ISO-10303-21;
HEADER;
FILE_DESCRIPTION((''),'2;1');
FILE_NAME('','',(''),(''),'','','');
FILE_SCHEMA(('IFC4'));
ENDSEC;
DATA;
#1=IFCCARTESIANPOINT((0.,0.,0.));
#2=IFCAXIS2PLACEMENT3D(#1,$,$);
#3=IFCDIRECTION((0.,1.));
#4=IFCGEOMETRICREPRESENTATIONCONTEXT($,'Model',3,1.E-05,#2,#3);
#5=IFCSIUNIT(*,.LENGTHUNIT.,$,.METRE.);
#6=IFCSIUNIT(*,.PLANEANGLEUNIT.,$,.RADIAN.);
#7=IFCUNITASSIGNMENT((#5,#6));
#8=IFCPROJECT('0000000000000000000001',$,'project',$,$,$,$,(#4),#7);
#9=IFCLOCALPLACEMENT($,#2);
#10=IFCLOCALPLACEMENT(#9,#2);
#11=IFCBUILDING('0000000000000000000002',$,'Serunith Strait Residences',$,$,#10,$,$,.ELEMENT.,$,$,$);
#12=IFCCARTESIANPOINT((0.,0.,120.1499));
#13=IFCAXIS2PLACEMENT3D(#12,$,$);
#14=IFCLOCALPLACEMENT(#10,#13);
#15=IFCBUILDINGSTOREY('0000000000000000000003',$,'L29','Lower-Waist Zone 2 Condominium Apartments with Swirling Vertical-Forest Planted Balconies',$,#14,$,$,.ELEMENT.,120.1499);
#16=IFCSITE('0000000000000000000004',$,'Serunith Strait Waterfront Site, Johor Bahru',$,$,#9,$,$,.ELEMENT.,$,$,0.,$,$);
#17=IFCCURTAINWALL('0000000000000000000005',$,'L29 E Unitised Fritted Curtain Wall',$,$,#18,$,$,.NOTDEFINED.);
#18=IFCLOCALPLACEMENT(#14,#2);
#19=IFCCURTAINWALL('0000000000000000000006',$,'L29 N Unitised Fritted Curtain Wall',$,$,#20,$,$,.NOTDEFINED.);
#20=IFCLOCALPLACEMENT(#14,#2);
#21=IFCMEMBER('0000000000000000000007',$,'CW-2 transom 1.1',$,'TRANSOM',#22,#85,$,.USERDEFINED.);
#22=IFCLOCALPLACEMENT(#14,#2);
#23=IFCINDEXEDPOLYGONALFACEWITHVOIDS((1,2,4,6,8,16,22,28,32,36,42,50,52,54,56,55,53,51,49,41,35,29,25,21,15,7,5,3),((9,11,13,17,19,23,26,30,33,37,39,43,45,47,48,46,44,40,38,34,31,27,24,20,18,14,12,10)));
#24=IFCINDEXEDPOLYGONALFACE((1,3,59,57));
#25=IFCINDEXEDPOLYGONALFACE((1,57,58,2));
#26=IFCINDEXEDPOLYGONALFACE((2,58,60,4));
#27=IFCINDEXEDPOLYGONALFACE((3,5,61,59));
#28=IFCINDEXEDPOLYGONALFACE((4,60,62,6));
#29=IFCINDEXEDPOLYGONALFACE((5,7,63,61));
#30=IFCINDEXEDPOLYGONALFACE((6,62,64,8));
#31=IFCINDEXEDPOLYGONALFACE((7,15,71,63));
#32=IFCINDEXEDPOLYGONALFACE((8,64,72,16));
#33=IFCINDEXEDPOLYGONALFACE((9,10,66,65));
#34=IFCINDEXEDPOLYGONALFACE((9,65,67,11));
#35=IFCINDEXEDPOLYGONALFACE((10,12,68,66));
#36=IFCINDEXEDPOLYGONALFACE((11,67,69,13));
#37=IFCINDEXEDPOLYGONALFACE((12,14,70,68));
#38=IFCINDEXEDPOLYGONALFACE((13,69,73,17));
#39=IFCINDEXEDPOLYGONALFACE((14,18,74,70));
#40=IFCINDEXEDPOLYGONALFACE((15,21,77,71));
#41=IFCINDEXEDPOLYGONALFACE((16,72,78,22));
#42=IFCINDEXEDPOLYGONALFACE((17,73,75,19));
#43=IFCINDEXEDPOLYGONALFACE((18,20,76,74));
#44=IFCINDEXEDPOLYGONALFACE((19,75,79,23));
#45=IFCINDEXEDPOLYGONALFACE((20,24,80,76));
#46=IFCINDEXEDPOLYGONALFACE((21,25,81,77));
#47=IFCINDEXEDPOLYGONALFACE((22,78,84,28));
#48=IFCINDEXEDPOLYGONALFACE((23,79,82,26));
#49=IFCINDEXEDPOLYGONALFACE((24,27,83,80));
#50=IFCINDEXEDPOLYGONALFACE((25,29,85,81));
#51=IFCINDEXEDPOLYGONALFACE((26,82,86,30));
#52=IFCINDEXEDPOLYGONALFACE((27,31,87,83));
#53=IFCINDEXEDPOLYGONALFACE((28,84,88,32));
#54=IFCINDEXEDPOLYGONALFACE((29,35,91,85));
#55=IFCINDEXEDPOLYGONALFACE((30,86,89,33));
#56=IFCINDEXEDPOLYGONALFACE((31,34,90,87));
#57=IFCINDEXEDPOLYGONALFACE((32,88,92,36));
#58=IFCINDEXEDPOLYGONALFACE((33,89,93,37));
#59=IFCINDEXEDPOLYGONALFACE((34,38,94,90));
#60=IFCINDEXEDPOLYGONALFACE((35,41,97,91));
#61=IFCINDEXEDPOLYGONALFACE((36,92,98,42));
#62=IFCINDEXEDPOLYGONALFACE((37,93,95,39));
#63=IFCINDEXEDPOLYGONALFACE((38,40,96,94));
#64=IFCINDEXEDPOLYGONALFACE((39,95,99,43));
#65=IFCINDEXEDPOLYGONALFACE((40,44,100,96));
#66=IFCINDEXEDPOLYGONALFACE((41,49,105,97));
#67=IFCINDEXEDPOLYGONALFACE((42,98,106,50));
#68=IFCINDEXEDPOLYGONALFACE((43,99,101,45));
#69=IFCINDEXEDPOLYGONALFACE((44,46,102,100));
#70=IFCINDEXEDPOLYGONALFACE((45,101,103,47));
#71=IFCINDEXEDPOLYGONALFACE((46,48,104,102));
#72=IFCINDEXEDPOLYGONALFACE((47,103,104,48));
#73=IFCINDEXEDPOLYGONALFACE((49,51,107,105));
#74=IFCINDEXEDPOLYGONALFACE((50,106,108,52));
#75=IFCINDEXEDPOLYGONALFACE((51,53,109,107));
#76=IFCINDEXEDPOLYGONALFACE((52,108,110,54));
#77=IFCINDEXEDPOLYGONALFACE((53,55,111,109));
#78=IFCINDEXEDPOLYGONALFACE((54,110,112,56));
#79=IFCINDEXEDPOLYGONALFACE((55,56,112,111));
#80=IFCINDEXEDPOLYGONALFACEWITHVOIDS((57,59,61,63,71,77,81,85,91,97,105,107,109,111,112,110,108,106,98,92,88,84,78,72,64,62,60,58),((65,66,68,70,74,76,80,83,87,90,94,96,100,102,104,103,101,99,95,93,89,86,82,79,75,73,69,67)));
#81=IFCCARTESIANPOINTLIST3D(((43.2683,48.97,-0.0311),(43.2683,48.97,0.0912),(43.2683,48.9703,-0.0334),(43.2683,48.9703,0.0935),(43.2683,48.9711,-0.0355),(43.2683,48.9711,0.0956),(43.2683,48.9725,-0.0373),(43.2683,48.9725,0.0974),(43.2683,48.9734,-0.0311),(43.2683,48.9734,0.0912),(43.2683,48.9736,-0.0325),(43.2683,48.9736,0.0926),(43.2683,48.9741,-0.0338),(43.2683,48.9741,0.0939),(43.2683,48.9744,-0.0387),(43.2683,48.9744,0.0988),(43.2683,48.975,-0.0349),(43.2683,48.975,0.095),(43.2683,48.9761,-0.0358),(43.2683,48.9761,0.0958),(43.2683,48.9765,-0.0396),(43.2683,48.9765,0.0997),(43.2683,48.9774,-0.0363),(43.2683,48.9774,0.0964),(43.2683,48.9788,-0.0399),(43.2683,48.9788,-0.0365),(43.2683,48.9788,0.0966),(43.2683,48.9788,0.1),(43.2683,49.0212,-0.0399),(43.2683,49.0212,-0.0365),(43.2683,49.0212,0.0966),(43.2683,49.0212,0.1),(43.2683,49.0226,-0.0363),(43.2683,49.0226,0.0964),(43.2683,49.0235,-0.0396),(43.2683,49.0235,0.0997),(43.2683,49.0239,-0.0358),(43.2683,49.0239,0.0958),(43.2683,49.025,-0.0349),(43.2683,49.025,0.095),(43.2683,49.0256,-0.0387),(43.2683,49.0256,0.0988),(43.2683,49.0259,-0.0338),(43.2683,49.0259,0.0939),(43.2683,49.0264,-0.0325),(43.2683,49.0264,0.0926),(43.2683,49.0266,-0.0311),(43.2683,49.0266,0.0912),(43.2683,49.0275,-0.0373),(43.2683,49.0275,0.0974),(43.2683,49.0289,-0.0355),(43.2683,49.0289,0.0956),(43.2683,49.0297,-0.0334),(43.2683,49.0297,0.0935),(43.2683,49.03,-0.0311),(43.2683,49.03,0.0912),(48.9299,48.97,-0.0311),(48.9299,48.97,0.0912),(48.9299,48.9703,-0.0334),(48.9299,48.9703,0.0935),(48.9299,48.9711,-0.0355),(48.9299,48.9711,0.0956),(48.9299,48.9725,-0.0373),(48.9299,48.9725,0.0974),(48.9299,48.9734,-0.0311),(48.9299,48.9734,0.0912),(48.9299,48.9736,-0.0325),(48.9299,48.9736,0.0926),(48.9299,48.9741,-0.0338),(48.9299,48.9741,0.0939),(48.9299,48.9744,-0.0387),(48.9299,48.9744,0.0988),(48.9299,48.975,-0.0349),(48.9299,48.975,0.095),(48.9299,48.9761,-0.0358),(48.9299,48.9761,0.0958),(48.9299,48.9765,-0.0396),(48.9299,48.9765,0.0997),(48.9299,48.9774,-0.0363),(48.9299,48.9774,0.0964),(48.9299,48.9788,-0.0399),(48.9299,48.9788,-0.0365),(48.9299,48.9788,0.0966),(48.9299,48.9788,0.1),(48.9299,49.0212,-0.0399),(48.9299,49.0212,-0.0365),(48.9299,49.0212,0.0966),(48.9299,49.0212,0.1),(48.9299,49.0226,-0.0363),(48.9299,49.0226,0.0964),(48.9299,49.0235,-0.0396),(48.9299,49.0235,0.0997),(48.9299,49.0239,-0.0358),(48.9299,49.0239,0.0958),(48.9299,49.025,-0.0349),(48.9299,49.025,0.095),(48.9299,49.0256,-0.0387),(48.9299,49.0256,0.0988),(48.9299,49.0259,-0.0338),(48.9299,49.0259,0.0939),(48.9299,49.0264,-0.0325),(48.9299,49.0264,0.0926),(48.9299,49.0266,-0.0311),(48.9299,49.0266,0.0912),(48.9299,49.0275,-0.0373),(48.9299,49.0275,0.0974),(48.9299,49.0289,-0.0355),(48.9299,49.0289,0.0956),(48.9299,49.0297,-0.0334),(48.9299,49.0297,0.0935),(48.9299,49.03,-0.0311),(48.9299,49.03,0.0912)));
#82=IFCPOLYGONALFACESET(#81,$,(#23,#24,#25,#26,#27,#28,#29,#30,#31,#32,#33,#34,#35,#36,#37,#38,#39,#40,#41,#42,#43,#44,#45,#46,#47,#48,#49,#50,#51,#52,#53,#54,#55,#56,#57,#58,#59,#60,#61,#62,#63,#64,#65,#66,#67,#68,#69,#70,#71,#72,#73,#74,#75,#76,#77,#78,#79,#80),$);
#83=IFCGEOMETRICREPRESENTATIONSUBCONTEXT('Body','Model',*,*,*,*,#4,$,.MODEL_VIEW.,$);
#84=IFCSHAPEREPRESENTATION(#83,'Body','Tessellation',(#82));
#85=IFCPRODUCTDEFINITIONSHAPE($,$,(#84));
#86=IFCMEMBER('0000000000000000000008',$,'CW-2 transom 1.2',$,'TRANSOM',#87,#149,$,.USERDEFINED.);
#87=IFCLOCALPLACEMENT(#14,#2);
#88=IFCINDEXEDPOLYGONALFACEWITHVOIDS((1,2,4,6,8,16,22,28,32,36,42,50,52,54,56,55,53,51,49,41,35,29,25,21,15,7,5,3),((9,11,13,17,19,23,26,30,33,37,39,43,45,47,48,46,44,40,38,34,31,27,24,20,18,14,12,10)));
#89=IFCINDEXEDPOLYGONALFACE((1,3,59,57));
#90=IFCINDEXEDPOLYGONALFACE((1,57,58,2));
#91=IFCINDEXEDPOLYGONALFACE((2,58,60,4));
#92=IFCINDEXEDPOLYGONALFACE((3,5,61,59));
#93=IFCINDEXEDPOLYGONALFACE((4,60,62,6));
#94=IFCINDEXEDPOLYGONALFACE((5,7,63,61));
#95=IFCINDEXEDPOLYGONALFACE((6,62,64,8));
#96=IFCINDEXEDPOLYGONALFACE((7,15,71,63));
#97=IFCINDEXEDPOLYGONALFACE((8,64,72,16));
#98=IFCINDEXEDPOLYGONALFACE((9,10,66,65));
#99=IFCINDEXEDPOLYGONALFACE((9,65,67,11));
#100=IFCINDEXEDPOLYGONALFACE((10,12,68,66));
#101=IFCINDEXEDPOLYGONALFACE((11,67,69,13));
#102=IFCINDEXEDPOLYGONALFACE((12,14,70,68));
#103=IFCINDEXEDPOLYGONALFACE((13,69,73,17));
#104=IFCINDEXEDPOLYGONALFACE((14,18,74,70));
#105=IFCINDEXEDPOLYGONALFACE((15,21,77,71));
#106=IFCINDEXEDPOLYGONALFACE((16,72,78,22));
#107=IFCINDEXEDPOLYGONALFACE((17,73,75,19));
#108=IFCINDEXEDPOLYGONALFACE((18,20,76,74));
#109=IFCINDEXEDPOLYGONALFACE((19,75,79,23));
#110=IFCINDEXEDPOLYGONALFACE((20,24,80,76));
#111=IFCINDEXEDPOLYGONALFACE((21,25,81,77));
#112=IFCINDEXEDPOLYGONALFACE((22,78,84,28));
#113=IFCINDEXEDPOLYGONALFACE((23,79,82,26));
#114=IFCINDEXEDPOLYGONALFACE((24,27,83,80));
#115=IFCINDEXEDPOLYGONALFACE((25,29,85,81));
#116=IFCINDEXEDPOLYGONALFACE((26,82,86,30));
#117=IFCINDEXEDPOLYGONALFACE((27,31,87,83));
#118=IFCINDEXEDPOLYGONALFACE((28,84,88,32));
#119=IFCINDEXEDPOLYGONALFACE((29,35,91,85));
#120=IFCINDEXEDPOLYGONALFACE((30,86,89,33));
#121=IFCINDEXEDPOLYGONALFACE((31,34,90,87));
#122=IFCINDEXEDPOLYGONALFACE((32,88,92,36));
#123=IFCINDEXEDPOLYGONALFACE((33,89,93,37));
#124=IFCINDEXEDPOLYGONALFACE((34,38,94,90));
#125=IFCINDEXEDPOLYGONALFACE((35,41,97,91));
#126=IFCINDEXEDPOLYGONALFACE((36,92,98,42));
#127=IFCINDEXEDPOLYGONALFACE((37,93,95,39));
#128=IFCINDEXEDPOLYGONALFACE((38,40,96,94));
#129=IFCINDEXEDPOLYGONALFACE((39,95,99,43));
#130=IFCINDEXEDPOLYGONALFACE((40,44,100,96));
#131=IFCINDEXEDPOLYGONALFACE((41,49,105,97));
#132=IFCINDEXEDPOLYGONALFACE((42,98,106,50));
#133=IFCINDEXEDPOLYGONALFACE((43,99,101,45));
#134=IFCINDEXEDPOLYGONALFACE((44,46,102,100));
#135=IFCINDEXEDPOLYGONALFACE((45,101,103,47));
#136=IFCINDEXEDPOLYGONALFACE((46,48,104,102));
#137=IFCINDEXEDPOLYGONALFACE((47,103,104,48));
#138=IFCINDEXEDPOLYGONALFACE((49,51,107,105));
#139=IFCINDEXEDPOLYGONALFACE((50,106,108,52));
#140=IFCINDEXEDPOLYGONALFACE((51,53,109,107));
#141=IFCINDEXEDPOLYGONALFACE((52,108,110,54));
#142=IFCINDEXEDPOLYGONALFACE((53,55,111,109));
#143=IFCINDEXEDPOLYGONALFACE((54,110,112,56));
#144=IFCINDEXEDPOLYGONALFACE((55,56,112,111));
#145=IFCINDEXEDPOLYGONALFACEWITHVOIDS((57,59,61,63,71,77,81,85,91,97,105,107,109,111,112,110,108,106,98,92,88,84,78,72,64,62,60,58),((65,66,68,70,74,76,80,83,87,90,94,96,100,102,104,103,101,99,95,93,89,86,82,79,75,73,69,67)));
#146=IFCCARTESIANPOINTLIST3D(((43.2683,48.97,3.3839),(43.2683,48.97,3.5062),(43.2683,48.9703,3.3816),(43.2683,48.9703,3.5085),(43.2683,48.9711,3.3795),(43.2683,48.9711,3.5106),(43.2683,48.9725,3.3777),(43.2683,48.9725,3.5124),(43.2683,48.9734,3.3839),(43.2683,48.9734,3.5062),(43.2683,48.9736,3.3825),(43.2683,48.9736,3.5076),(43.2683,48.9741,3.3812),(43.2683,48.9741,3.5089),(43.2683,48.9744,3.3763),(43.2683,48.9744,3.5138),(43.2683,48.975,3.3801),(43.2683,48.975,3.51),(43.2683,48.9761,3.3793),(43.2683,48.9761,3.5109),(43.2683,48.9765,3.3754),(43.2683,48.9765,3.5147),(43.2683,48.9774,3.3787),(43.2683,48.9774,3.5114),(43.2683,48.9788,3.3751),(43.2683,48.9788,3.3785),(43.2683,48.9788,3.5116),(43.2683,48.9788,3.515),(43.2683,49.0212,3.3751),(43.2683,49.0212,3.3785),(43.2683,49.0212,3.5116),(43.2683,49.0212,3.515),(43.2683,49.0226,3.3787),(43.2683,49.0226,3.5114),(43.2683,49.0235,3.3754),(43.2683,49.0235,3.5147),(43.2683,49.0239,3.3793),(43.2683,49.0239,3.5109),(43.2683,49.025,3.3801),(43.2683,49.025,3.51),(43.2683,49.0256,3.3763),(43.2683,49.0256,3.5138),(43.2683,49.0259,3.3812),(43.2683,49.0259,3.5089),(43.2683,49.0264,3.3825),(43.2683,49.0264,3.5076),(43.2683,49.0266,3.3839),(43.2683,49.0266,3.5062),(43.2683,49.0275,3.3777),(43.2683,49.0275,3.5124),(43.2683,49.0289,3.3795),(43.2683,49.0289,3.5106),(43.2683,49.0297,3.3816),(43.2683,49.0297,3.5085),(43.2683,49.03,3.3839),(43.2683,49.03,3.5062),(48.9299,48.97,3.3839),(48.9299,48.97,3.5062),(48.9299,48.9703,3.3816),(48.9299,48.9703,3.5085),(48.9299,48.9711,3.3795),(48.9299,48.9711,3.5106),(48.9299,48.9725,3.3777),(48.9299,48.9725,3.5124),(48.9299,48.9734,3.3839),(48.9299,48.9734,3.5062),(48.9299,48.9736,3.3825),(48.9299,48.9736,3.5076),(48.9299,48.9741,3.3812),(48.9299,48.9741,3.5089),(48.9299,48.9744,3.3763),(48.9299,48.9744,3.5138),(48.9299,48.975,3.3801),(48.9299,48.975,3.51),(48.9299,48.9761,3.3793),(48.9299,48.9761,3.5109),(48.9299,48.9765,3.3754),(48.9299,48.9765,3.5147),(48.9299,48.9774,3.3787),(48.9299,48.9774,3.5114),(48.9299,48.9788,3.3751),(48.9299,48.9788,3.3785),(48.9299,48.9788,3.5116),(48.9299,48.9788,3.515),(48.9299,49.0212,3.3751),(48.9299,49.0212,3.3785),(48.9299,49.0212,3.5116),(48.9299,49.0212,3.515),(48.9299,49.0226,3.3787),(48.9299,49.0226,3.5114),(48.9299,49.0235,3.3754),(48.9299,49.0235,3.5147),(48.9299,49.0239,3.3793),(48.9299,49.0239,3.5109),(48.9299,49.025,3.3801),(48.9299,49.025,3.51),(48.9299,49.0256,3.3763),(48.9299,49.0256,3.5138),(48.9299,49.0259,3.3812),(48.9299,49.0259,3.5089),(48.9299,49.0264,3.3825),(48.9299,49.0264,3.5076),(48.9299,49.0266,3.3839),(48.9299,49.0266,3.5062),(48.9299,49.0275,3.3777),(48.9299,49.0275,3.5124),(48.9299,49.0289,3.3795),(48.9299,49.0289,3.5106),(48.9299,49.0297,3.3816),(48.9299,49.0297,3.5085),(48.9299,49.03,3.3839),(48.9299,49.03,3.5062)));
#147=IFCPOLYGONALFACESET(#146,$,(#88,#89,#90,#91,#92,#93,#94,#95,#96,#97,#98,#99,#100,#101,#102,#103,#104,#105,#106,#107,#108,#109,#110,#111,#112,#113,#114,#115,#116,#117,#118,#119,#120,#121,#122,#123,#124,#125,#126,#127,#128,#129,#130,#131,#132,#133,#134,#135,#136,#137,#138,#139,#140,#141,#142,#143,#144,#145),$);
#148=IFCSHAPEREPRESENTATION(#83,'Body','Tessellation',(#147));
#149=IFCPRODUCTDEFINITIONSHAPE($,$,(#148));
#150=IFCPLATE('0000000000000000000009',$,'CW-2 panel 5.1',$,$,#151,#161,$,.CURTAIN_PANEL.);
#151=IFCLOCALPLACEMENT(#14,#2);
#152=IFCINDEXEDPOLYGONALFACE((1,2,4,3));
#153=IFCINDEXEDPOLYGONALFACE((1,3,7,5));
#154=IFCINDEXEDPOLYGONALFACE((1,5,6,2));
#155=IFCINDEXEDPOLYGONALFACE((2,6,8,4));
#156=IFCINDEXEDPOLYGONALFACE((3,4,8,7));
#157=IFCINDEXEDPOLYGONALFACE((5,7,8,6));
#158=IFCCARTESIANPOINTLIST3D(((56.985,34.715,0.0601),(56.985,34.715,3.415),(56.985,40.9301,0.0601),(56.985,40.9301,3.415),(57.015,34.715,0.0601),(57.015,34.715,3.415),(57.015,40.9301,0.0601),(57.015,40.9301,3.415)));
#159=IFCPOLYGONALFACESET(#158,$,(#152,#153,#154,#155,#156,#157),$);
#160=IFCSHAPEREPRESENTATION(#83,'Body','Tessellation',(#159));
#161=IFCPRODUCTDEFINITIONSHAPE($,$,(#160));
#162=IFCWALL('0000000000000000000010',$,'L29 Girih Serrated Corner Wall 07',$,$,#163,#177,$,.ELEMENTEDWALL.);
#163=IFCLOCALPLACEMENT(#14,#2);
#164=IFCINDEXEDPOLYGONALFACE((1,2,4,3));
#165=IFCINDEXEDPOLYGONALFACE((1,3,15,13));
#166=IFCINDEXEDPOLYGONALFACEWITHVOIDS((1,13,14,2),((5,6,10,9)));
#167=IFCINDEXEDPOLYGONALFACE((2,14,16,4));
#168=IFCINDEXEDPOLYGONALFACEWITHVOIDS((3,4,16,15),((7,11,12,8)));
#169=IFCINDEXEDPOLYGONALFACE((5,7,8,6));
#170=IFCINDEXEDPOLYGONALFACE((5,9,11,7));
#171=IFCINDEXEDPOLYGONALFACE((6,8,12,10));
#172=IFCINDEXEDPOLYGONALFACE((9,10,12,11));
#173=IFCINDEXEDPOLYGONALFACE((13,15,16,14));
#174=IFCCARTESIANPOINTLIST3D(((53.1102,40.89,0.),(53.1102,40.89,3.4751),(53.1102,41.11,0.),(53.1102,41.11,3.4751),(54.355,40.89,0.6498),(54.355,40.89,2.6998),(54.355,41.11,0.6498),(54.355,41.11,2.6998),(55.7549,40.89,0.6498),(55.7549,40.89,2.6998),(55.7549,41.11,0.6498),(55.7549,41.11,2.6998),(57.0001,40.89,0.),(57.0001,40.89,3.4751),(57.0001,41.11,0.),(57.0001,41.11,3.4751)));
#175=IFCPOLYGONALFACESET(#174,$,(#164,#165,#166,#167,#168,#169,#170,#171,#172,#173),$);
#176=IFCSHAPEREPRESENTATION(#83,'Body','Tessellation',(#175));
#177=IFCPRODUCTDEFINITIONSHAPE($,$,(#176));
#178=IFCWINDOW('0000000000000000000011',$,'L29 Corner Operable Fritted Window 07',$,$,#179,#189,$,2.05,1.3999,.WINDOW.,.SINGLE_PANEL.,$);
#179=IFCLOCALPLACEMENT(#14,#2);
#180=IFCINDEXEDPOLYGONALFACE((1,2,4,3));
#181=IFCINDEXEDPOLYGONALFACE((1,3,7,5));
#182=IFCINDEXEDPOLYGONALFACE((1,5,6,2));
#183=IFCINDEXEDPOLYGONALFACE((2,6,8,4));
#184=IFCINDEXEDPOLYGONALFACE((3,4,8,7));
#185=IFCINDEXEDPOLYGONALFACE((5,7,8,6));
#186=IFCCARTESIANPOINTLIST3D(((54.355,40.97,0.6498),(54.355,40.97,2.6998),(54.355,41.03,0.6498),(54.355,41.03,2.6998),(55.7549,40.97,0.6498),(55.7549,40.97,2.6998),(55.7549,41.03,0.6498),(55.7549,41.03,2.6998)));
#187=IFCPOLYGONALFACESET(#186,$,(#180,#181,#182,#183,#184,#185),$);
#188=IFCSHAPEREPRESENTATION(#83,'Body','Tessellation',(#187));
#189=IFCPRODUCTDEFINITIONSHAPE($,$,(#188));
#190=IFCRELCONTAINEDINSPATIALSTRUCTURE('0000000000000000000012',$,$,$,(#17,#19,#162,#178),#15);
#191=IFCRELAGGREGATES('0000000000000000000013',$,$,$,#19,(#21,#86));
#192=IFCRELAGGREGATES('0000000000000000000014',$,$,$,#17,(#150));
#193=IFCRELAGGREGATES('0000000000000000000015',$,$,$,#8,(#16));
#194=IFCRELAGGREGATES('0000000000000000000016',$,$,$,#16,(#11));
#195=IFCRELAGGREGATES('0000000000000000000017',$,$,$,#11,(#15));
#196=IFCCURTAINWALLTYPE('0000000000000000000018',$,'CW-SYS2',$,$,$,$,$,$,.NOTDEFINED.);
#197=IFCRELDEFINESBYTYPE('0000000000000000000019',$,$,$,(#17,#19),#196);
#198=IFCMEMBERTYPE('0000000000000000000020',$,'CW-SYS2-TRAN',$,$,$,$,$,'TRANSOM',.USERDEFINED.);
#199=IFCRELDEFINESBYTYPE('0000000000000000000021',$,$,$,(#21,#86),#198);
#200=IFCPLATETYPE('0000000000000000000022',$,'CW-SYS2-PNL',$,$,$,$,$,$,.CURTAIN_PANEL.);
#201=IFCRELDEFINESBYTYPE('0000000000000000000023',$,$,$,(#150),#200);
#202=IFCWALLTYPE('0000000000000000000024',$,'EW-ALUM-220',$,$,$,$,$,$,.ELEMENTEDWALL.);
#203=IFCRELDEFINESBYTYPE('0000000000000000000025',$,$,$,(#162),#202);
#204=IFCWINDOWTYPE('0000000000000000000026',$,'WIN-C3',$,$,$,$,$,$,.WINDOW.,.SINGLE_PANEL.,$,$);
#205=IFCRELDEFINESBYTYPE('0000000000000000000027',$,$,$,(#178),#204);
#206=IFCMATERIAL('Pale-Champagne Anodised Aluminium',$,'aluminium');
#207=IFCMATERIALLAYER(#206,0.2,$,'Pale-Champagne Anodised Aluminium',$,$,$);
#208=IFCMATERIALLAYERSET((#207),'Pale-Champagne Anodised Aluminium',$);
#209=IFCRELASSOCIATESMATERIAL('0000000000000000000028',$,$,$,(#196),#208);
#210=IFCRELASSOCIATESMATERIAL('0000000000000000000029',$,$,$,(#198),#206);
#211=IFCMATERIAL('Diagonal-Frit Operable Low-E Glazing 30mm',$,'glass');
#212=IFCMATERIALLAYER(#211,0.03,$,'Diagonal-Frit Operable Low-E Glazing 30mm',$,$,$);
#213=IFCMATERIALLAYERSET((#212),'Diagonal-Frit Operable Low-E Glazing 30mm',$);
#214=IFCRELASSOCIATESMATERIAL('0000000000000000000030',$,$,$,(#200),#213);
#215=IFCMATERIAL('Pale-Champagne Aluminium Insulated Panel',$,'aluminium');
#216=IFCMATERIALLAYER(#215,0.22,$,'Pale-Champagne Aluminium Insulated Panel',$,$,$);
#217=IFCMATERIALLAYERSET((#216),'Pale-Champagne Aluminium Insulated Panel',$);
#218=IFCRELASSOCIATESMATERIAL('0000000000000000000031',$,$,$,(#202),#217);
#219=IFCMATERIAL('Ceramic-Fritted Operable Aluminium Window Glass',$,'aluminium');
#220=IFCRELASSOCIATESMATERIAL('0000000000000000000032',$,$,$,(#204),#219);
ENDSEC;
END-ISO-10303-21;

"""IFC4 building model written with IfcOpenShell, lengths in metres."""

from ifc_helpers import new_model, si_unit, direction, frame, frame_2d, origin, origin_2d, place, context, subcontext, project, spatial, rectangle, hollow_rectangle, extrude, source, transform, mapped, material, layer, layer_set, material_profile, profile_set, type_object, element, fill, aggregate, save


model = new_model("IFC4")

# Units and contexts
model_context = context("Model", 3, precision=1e-05, world=origin(), true_north=direction((0.0, 1.0)))
body_context = subcontext(model_context, "Body", "Model", "MODEL_VIEW")
ifc_project = project(units=[si_unit("LENGTHUNIT", "METRE"), si_unit("PLANEANGLEUNIT", "RADIAN")], contexts=[model_context])

# Site, building, storey
site_placement = place(None, origin())
site = spatial("IfcSite", under=ifc_project, at=site_placement, Name="Serunith Strait Waterfront Site, Johor Bahru", CompositionType="ELEMENT", RefElevation=0.0)
building_placement = place(site_placement, origin())
building = spatial("IfcBuilding", under=site, at=building_placement, Name="Serunith Strait Residences", CompositionType="ELEMENT")
storey_placement = place(building_placement, frame((0.0, 0.0, 120.1499)))
storey = spatial("IfcBuildingStorey", under=building, at=storey_placement, Name="L29", Description="Lower-Waist Zone 2 Condominium Apartments with Swirling Vertical-Forest Planted Balconies", CompositionType="ELEMENT", Elevation=120.1499)

# Curtain wall
ifc_material_1 = material(Name="Pale-Champagne Anodised Aluminium", Category="aluminium")
ifc_layer_1 = layer(ifc_material_1, 0.2, Name="Pale-Champagne Anodised Aluminium")
ifc_layer_set_1 = layer_set([ifc_layer_1], Name="Pale-Champagne Anodised Aluminium")
curtain_wall_type = type_object("IfcCurtainWallType", Name="CW-SYS2", PredefinedType="NOTDEFINED", material=ifc_layer_set_1)
curtain_wall_1_placement = place(storey_placement, origin())
curtain_wall_1 = element("IfcCurtainWall", 1, at=curtain_wall_1_placement, inside=storey, type_object=curtain_wall_type, Name="L29 E Unitised Fritted Curtain Wall", PredefinedType="NOTDEFINED")

# Curtain wall, members
curtain_wall_2_placement = place(storey_placement, origin())
curtain_wall_2 = element("IfcCurtainWall", 2, at=curtain_wall_2_placement, inside=storey, type_object=curtain_wall_type, Name="L29 N Unitised Fritted Curtain Wall", PredefinedType="NOTDEFINED")
ifc_material_profile_1 = material_profile(ifc_material_1, hollow_rectangle(XDim=0.0601, YDim=0.1399, WallThickness=0.0034, InnerFilletRadius=0.0054, OuterFilletRadius=0.0088, at=origin_2d()), Name="ALU 140x60x3.5")
ifc_profile_set_1 = profile_set([ifc_material_profile_1], Name="Pale-Champagne Anodised Aluminium")
member_type_1 = type_object("IfcMemberType", Name="CW-SYS2-TRAN", ElementType="TRANSOM", PredefinedType="USERDEFINED", material=ifc_profile_set_1)
shared_shape_1 = source(origin(), body_context, "Body", "SweptSolid", [
    extrude(hollow_rectangle(XDim=0.0601, YDim=0.1399, WallThickness=0.0034, InnerFilletRadius=0.0054, OuterFilletRadius=0.0088, at=origin_2d()), origin(), (0.0, 0.0, 1.0), 5.6616),
])
member_1_placement = place(storey_placement, frame((48.9299, 49.0, 0.03), z_axis=(-1.0, 0.0, 0.0), x_axis=(0.0, -1.0, 0.0)))
member_1 = element("IfcMember", 3, at=member_1_placement, type_object=member_type_1, Name="CW-2 transom 1.1", ObjectType="TRANSOM", PredefinedType="USERDEFINED", context=body_context, shape_type="MappedRepresentation", body=[
    mapped(shared_shape_1, transform((0.0, 0.0, 0.0), scale=1.0)),
])
member_2_placement = place(storey_placement, frame((48.9299, 49.0, 3.4451), z_axis=(-1.0, 0.0, 0.0), x_axis=(0.0, -1.0, 0.0)))
member_2 = element("IfcMember", 4, at=member_2_placement, type_object=member_type_1, Name="CW-2 transom 1.2", ObjectType="TRANSOM", PredefinedType="USERDEFINED", context=body_context, shape_type="MappedRepresentation", body=[
    mapped(shared_shape_1, transform((0.0, 0.0, 0.0), scale=1.0)),
])
aggregate(curtain_wall_2, [member_1, member_2])

# Plate
ifc_material_2 = material(Name="Diagonal-Frit Operable Low-E Glazing 30mm", Category="glass")
ifc_layer_2 = layer(ifc_material_2, 0.03, Name="Diagonal-Frit Operable Low-E Glazing 30mm")
ifc_layer_set_2 = layer_set([ifc_layer_2], Name="Diagonal-Frit Operable Low-E Glazing 30mm")
plate_type = type_object("IfcPlateType", Name="CW-SYS2-PNL", PredefinedType="CURTAIN_PANEL", material=ifc_layer_set_2)
shared_shape_2 = source(origin(), body_context, "Body", "SweptSolid", [
    extrude(rectangle(XDim=6.2151, YDim=0.03, at=origin_2d()), origin(), (0.0, 0.0, 1.0), 3.355),
])
plate_placement = place(storey_placement, frame((57.0, 37.8225, 0.0601), z_axis=(0.0, 0.0, 1.0), x_axis=(0.0, 1.0, 0.0)))
plate = element("IfcPlate", 5, at=plate_placement, type_object=plate_type, Name="CW-2 panel 5.1", PredefinedType="CURTAIN_PANEL", context=body_context, shape_type="MappedRepresentation", body=[
    mapped(shared_shape_2, transform((0.0, 0.0, 0.0), scale=1.0)),
])
aggregate(curtain_wall_1, [plate])

# Wall, opening, window
ifc_material_3 = material(Name="Pale-Champagne Aluminium Insulated Panel", Category="aluminium")
ifc_layer_3 = layer(ifc_material_3, 0.22, Name="Pale-Champagne Aluminium Insulated Panel")
ifc_layer_set_3 = layer_set([ifc_layer_3], Name="Pale-Champagne Aluminium Insulated Panel")
wall_type_1 = type_object("IfcWallType", Name="EW-ALUM-220", PredefinedType="ELEMENTEDWALL", material=ifc_layer_set_3)
wall_1_placement = place(storey_placement, frame((57.0, 41.0, 0.0), z_axis=(0.0, 0.0, 1.0), x_axis=(-1.0, 0.0, 0.0)))
wall_1 = element("IfcWall", 6, at=wall_1_placement, inside=storey, type_object=wall_type_1, Name="L29 Girih Serrated Corner Wall 07", PredefinedType="ELEMENTEDWALL", context=body_context, shape_type="SweptSolid", body=[
    extrude(rectangle(XDim=3.8899, YDim=0.22, at=frame_2d((1.9448, 0.0))), origin(), (0.0, 0.0, 1.0), 3.4751),
])
opening_1_placement = place(wall_1_placement, frame((1.2451, 0.0, 0.6499)))
opening_1 = element("IfcOpeningElement", 7, at=opening_1_placement, cuts=wall_1, PredefinedType="OPENING", context=body_context, shape_type="SweptSolid", body=[
    extrude(rectangle(XDim=1.3999, YDim=2.05, at=frame_2d((0.7, 1.0249))), frame((0.0, 0.1201, 0.0), z_axis=(0.0, -1.0, 0.0), x_axis=(1.0, 0.0, 0.0)), (0.0, 0.0, 1.0), 0.24),
])
ifc_material_4 = material(Name="Ceramic-Fritted Operable Aluminium Window Glass", Category="aluminium")
window_type = type_object("IfcWindowType", Name="WIN-C3", PartitioningType="SINGLE_PANEL", PredefinedType="WINDOW", material=ifc_material_4)
shared_shape_3 = source(origin(), body_context, "Body", "SweptSolid", [
    extrude(rectangle(XDim=1.3999, YDim=2.05, at=frame_2d((0.7, 1.0249))), frame((0.0, 0.03, 0.0), z_axis=(0.0, -1.0, 0.0), x_axis=(1.0, 0.0, 0.0)), (0.0, 0.0, 1.0), 0.0601),
])
window_1_placement = place(opening_1_placement, origin())
window_1 = element("IfcWindow", 8, at=window_1_placement, inside=storey, type_object=window_type, Name="L29 Corner Operable Fritted Window 07", OverallHeight=2.05, OverallWidth=1.3999, PartitioningType="SINGLE_PANEL", PredefinedType="WINDOW", context=body_context, shape_type="MappedRepresentation", body=[
    mapped(shared_shape_3, transform((0.0, 0.0, 0.0), scale=1.0)),
])
fill(opening_1, window_1)

save(model, "model.ifc")
